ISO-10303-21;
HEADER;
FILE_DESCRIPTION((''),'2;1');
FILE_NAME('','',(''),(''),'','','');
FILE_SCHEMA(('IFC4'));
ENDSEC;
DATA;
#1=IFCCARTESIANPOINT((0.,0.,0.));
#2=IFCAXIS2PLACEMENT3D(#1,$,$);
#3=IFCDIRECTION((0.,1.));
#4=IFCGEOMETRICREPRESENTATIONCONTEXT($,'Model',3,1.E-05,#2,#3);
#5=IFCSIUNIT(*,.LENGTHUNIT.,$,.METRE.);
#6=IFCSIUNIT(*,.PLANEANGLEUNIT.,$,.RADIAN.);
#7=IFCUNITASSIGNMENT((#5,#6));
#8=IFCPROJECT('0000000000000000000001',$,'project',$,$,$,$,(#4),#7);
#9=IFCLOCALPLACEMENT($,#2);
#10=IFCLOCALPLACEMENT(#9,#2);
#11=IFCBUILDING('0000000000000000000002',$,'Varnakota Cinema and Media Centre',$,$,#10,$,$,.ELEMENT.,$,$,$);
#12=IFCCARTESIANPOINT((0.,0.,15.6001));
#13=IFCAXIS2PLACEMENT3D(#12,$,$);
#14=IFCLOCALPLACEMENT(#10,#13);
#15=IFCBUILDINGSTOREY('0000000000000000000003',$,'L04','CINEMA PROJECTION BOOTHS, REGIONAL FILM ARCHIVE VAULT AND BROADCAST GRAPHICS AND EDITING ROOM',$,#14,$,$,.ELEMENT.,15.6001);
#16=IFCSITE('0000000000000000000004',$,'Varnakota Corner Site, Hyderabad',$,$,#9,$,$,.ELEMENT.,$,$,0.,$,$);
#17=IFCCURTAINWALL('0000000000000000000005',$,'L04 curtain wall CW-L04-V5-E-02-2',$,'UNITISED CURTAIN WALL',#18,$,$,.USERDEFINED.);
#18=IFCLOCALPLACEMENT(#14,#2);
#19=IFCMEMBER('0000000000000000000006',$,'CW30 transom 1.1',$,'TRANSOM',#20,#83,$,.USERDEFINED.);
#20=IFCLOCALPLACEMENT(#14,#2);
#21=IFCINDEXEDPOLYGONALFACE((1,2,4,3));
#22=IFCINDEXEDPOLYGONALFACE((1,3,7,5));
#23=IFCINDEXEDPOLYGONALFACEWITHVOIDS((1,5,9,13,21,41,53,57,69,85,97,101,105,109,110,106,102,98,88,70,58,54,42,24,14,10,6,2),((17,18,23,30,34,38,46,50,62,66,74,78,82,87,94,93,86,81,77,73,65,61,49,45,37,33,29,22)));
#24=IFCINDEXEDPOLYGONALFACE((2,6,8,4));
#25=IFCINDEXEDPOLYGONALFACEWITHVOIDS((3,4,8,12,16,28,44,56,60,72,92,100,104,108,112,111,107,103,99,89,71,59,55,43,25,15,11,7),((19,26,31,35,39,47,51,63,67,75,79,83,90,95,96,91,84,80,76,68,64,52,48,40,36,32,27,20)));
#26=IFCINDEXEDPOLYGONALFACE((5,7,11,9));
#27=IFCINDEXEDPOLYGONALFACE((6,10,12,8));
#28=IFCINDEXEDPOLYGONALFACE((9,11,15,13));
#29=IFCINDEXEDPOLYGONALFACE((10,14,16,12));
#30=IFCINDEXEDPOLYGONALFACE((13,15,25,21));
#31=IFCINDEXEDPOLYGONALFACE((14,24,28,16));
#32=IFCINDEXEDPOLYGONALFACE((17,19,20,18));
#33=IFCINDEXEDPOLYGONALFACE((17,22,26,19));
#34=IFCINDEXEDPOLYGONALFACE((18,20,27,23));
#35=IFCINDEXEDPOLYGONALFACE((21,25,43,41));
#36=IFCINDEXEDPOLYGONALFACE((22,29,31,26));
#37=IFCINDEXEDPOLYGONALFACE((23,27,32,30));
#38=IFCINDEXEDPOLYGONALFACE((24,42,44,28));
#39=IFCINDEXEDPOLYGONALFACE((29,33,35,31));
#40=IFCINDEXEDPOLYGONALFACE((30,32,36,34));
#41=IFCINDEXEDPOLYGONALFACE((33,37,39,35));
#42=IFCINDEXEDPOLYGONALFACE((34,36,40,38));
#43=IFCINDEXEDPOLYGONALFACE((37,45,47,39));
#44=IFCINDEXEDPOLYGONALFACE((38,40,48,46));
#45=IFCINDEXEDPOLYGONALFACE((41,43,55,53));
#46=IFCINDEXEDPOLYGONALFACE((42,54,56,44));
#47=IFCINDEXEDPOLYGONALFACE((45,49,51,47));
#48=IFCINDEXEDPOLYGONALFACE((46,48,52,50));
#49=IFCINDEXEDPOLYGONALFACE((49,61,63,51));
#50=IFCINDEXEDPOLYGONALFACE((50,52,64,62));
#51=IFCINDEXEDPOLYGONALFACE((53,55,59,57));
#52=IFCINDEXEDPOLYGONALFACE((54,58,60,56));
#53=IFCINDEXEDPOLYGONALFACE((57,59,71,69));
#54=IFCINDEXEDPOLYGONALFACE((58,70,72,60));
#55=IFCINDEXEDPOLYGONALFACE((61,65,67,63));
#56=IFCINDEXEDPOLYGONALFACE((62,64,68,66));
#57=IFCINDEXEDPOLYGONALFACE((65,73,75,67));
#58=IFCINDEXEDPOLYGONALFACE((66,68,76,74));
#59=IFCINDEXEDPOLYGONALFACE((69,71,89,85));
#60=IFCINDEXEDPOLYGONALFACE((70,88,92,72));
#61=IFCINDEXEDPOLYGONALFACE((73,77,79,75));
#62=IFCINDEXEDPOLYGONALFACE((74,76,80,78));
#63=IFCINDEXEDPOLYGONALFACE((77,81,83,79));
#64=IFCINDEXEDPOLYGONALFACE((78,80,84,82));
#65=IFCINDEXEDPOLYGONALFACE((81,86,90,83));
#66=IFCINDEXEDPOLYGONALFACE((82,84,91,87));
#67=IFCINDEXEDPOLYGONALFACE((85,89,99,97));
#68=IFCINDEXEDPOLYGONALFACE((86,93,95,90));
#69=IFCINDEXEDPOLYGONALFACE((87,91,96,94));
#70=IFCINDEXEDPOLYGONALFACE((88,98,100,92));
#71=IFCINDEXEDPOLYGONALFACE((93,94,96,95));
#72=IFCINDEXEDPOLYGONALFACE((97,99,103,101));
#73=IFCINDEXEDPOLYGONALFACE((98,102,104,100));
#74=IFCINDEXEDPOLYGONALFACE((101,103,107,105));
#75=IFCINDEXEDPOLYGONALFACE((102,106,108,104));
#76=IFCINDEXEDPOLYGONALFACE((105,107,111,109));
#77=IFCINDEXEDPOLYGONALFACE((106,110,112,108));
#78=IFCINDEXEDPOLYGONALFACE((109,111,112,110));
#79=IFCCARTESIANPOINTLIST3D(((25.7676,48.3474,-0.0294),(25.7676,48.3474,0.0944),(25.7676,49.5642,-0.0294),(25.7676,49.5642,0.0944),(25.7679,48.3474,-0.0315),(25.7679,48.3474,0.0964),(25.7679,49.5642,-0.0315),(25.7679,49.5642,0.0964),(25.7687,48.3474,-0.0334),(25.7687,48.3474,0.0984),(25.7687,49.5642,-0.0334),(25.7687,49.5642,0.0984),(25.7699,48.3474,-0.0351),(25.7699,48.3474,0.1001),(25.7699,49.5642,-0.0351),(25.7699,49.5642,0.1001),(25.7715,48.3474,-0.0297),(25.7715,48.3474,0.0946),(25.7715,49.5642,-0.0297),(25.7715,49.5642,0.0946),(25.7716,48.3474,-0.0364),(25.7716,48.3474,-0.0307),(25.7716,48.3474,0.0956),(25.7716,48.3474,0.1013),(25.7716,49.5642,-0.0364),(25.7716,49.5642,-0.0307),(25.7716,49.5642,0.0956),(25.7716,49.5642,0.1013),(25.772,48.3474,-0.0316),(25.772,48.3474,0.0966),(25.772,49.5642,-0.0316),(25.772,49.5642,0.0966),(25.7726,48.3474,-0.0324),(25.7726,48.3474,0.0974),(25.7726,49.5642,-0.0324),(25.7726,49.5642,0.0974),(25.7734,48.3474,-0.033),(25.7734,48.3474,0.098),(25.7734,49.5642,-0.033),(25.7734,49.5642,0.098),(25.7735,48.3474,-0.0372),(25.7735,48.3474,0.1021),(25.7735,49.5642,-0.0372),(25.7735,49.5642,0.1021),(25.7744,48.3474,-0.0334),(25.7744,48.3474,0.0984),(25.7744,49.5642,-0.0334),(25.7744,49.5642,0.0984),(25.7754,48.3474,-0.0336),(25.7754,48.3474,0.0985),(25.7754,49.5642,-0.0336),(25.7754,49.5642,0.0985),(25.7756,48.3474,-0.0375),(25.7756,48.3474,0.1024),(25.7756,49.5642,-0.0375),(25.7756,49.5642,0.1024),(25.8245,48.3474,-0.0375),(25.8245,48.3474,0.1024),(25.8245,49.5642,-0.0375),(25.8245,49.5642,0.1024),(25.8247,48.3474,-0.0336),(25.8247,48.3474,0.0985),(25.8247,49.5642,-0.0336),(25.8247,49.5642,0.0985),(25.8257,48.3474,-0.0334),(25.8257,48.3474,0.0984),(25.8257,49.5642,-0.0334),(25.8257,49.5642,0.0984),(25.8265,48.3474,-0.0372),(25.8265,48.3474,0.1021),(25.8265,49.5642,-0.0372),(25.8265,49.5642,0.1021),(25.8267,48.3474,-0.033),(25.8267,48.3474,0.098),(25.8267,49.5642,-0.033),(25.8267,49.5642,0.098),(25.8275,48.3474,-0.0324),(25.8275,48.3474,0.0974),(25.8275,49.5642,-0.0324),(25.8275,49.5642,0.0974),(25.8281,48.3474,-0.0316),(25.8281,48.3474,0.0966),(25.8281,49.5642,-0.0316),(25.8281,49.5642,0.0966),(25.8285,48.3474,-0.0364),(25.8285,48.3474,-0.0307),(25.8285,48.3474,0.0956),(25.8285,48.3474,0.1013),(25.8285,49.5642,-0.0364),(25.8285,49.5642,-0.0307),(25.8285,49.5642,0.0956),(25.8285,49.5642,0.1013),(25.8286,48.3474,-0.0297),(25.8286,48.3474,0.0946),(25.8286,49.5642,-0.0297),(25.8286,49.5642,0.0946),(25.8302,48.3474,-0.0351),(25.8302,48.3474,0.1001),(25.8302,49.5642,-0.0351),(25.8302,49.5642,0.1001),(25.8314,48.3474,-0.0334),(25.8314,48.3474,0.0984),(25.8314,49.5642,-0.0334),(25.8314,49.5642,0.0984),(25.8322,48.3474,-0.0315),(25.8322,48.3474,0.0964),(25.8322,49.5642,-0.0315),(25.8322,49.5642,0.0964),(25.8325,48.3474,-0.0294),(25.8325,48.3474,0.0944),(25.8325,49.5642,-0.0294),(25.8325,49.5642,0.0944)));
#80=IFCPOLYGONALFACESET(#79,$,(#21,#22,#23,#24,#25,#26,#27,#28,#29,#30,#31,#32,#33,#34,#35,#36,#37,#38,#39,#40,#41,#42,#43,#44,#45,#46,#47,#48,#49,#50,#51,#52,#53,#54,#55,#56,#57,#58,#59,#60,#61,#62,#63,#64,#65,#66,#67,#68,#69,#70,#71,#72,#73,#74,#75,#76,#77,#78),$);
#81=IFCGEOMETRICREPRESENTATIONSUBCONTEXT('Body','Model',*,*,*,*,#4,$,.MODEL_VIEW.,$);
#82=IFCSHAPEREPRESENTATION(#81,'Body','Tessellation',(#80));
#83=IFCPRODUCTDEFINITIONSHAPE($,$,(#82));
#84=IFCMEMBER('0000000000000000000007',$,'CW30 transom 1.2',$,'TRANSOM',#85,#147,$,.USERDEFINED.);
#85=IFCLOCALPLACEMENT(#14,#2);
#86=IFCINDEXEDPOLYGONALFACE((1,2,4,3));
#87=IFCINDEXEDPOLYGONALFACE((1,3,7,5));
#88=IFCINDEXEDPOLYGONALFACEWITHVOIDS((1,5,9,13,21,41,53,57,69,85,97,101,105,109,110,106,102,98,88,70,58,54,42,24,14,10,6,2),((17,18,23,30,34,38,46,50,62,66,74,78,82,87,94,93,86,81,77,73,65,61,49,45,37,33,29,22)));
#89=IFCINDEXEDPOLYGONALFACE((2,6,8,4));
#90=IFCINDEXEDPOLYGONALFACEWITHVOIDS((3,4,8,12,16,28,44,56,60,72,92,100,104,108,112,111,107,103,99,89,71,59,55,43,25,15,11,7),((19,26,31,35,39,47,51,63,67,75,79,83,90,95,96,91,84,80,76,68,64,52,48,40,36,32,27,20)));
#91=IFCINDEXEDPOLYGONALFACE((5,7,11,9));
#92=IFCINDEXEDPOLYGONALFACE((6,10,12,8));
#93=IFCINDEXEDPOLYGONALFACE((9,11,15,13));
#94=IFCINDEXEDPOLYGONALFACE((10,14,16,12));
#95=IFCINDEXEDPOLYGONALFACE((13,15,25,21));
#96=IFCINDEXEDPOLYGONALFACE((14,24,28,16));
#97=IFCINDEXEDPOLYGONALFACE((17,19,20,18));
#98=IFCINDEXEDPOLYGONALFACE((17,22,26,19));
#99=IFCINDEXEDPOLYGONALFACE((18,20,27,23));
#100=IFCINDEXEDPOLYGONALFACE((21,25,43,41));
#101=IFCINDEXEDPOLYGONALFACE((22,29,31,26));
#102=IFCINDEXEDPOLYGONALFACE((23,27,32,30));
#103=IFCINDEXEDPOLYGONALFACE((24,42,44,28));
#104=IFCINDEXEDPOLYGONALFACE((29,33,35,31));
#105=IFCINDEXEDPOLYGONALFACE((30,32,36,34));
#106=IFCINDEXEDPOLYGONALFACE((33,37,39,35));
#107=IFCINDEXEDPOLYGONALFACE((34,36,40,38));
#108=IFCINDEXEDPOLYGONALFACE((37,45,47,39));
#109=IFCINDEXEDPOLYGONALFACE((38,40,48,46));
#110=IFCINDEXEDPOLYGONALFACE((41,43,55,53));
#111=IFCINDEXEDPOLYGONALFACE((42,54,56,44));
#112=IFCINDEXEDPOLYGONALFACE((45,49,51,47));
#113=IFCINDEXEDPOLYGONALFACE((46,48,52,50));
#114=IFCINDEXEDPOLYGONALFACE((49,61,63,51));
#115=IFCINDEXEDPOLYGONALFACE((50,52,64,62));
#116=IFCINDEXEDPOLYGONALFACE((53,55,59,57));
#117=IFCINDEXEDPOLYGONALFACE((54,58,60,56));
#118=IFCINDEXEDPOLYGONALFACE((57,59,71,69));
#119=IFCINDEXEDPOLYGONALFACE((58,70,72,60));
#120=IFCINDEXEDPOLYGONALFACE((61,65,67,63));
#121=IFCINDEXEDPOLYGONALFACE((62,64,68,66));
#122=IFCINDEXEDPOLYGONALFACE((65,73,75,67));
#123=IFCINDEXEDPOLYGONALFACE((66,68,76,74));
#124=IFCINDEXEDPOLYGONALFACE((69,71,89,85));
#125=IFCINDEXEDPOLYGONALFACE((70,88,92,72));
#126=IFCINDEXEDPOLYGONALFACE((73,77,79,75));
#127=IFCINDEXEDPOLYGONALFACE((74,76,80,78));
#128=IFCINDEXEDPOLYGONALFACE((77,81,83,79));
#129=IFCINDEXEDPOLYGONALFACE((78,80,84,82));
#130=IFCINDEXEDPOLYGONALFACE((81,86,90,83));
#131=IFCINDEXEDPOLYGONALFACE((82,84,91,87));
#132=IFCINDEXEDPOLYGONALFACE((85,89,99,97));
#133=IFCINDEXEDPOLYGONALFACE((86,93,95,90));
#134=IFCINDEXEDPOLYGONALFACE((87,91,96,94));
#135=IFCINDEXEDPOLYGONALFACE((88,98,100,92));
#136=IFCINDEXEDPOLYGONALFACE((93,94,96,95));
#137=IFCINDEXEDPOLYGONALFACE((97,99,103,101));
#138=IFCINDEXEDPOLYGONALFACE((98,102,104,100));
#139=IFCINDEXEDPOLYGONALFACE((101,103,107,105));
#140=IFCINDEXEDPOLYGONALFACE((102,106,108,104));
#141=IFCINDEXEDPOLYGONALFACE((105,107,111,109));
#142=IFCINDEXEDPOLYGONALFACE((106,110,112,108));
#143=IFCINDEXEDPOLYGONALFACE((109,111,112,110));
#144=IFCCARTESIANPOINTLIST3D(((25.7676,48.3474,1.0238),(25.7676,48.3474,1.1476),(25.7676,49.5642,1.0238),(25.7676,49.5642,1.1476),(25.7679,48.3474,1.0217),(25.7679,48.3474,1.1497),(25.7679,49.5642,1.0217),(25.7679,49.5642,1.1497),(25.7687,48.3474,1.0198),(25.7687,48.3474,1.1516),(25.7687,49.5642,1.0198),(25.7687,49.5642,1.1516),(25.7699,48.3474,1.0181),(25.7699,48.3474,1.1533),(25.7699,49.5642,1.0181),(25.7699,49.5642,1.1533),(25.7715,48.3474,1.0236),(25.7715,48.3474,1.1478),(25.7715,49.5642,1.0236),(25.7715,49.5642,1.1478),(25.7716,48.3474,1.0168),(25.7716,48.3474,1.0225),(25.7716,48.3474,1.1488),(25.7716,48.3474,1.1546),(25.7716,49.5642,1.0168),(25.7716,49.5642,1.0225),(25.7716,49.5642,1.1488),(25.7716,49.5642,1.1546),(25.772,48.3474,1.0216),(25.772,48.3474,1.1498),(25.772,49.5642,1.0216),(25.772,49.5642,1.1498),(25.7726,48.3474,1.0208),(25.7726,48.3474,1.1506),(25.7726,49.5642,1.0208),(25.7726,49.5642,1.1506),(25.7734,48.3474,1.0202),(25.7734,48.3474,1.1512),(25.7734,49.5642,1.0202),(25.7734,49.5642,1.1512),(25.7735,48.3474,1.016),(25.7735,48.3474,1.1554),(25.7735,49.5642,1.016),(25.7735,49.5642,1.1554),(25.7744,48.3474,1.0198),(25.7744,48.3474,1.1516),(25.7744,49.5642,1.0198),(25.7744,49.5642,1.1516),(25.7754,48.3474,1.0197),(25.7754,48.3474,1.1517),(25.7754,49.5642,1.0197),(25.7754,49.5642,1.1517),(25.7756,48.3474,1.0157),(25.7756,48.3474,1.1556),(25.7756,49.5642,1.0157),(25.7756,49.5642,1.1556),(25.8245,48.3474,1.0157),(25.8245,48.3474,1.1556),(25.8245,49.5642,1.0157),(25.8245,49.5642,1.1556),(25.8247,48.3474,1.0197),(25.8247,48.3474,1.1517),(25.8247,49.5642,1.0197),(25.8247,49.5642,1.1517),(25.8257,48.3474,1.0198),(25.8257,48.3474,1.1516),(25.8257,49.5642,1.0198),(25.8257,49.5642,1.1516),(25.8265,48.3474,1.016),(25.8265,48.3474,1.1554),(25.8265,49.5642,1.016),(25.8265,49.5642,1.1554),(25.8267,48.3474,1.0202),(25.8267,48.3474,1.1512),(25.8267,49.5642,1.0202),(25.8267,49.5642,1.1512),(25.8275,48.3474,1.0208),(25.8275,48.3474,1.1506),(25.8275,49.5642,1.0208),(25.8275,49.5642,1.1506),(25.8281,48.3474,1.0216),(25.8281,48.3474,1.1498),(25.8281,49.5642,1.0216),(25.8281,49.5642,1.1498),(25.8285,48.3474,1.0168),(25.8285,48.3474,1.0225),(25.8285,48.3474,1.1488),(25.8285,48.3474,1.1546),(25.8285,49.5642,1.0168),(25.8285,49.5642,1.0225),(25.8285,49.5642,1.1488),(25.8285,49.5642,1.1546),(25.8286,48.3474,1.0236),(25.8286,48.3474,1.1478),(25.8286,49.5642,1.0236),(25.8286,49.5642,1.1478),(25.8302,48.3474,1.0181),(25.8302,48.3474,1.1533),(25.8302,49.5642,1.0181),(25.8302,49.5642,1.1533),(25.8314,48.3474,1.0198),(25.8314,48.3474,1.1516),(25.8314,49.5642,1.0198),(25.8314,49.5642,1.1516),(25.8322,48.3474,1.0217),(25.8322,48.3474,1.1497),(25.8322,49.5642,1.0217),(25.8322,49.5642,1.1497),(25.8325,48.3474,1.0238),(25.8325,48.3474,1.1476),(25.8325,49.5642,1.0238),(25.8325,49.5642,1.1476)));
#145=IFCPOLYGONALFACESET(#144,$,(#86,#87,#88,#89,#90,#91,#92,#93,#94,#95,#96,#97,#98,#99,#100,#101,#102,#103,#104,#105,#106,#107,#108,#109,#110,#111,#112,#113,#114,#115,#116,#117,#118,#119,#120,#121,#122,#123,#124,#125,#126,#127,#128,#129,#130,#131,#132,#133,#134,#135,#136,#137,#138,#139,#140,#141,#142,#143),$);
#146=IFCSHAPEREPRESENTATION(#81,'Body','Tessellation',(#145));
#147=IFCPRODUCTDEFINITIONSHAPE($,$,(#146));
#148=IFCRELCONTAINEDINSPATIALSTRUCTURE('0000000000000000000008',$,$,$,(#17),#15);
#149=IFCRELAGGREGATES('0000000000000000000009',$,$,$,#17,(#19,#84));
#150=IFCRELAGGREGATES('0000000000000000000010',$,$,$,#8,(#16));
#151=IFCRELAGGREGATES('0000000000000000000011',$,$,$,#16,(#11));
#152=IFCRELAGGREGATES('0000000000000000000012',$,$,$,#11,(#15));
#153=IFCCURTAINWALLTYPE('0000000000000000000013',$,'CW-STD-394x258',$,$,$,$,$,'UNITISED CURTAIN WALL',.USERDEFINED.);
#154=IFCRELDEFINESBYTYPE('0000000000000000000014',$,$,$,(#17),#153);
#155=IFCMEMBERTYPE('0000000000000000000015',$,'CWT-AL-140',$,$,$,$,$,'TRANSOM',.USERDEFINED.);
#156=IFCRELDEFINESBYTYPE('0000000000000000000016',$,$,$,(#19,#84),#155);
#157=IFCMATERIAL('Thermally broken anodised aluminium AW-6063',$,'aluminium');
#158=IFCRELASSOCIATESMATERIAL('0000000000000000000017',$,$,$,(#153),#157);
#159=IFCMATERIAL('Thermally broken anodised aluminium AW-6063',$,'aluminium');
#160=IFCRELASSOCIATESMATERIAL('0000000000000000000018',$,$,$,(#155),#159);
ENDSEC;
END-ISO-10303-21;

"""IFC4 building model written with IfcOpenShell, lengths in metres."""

from ifc_helpers import new_model, si_unit, direction, frame, origin, origin_2d, place, context, subcontext, project, spatial, hollow_rectangle, extrude, material, material_profile, profile_set, type_object, element, aggregate, save


model = new_model("IFC4")

# Units and contexts
model_context = context("Model", 3, precision=1e-05, world=origin(), true_north=direction((0.0, 1.0)))
body_context = subcontext(model_context, "Body", "Model", "MODEL_VIEW")
ifc_project = project(units=[si_unit("LENGTHUNIT", "METRE"), si_unit("PLANEANGLEUNIT", "RADIAN")], contexts=[model_context])

# Site, building, storey
site_placement = place(None, origin())
site = spatial("IfcSite", under=ifc_project, at=site_placement, Name="Varnakota Corner Site, Hyderabad", CompositionType="ELEMENT", RefElevation=0.0)
building_placement = place(site_placement, origin())
building = spatial("IfcBuilding", under=site, at=building_placement, Name="Varnakota Cinema and Media Centre", CompositionType="ELEMENT")
storey_placement = place(building_placement, frame((0.0, 0.0, 15.6001)))
storey = spatial("IfcBuildingStorey", under=building, at=storey_placement, Name="L04", Description="CINEMA PROJECTION BOOTHS, REGIONAL FILM ARCHIVE VAULT AND BROADCAST GRAPHICS AND EDITING ROOM", CompositionType="ELEMENT", Elevation=15.6001)

# Curtain wall
ifc_material_1 = material(Name="Thermally broken anodised aluminium AW-6063", Category="aluminium")
curtain_wall_type = type_object("IfcCurtainWallType", Name="CW-STD-394x258", ElementType="UNITISED CURTAIN WALL", PredefinedType="USERDEFINED", material=ifc_material_1)
curtain_wall_1_placement = place(storey_placement, origin())
curtain_wall_1 = element("IfcCurtainWall", 1, at=curtain_wall_1_placement, inside=storey, type_object=curtain_wall_type, Name="L04 curtain wall CW-L04-V5-E-02-2", ObjectType="UNITISED CURTAIN WALL", PredefinedType="USERDEFINED")

# Members
ifc_material_2 = material(Name="Thermally broken anodised aluminium AW-6063", Category="aluminium")
ifc_material_profile_1 = material_profile(ifc_material_2, hollow_rectangle(XDim=0.0649, YDim=0.1399, WallThickness=0.0039, InnerFilletRadius=0.0039, OuterFilletRadius=0.0081, at=origin_2d()), Name="AL-TRANSOM 140x65x4")
ifc_profile_set_1 = profile_set([ifc_material_profile_1], Name="Thermally broken anodised aluminium AW-6063")
member_type_1 = type_object("IfcMemberType", Name="CWT-AL-140", ElementType="TRANSOM", PredefinedType="USERDEFINED", material=ifc_profile_set_1)
member_1_placement = place(storey_placement, frame((25.8, 48.3474, 0.0325), z_axis=(0.0, 1.0, 0.0), x_axis=(-1.0, 0.0, 0.0)))
member_1 = element("IfcMember", 2, at=member_1_placement, type_object=member_type_1, Name="CW30 transom 1.1", ObjectType="TRANSOM", PredefinedType="USERDEFINED", context=body_context, shape_type="SweptSolid", body=[
    extrude(hollow_rectangle(XDim=0.0649, YDim=0.1399, WallThickness=0.0039, InnerFilletRadius=0.0039, OuterFilletRadius=0.0081, at=origin_2d()), origin(), (0.0, 0.0, 1.0), 1.2168),
])
member_2_placement = place(storey_placement, frame((25.8, 48.3474, 1.0857), z_axis=(0.0, 1.0, 0.0), x_axis=(-1.0, 0.0, 0.0)))
member_2 = element("IfcMember", 3, at=member_2_placement, type_object=member_type_1, Name="CW30 transom 1.2", ObjectType="TRANSOM", PredefinedType="USERDEFINED", context=body_context, shape_type="SweptSolid", body=[
    extrude(hollow_rectangle(XDim=0.0649, YDim=0.1399, WallThickness=0.0039, InnerFilletRadius=0.0039, OuterFilletRadius=0.0081, at=origin_2d()), origin(), (0.0, 0.0, 1.0), 1.2168),
])

aggregate(curtain_wall_1, [member_1, member_2])

save(model, "model.ifc")
